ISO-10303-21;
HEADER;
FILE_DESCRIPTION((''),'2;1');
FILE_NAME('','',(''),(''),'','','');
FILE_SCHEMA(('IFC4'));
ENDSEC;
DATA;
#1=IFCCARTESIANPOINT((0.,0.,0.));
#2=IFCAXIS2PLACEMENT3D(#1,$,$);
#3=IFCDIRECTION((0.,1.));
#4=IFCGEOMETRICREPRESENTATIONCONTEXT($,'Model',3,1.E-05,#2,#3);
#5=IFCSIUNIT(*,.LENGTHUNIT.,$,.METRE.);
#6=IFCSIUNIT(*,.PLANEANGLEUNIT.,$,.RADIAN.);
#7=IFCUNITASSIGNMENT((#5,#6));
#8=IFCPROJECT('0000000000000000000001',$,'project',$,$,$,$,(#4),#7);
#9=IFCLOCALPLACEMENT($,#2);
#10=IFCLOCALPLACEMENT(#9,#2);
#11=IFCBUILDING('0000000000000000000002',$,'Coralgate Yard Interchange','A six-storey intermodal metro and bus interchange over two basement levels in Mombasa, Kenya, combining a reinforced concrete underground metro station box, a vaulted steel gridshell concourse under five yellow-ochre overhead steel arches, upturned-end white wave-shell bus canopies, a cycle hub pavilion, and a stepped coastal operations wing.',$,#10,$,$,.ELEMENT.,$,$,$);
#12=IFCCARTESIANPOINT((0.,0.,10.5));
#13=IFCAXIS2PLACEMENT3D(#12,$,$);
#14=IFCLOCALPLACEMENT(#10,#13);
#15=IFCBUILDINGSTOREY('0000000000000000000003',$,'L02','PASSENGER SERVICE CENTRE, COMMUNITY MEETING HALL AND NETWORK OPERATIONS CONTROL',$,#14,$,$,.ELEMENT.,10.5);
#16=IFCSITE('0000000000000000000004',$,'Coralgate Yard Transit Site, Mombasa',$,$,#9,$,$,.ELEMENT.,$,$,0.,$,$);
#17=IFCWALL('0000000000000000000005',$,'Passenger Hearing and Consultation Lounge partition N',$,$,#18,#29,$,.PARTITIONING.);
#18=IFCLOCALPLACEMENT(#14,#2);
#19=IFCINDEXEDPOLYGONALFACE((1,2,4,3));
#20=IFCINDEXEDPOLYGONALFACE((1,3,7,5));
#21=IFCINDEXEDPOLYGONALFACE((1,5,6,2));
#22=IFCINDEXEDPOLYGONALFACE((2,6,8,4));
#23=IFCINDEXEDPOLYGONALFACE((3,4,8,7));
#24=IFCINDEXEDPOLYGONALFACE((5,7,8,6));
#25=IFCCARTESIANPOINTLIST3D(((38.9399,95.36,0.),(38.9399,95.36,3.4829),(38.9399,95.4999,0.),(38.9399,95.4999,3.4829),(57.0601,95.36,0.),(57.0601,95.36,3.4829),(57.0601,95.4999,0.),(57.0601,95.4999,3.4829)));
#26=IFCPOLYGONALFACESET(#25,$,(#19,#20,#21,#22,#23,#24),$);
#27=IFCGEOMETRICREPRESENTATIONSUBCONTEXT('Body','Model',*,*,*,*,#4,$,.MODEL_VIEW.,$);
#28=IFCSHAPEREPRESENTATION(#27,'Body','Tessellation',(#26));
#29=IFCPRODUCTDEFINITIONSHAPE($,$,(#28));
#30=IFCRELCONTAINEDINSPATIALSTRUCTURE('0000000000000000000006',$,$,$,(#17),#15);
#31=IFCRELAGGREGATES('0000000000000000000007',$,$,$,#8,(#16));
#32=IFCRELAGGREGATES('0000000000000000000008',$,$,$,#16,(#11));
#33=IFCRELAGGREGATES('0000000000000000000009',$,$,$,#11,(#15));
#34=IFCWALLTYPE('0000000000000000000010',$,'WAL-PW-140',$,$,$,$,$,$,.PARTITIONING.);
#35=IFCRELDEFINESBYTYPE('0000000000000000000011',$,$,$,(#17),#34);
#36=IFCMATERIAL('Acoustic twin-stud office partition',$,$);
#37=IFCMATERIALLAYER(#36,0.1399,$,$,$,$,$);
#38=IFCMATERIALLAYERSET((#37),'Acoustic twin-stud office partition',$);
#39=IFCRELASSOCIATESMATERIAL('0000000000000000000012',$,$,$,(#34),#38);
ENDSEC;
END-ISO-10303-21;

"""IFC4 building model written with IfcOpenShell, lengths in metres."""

from ifc_helpers import new_model, si_unit, direction, frame, frame_2d, origin, place, context, subcontext, project, spatial, rectangle, extrude, material, layer, layer_set, type_object, element, save


model = new_model("IFC4")

# Units and contexts
model_context = context("Model", 3, precision=1e-05, world=origin(), true_north=direction((0.0, 1.0)))
body_context = subcontext(model_context, "Body", "Model", "MODEL_VIEW")
ifc_project = project(units=[si_unit("LENGTHUNIT", "METRE"), si_unit("PLANEANGLEUNIT", "RADIAN")], contexts=[model_context])

# Site, building, storey
site_placement = place(None, origin())
site = spatial("IfcSite", under=ifc_project, at=site_placement, Name="Coralgate Yard Transit Site, Mombasa", CompositionType="ELEMENT", RefElevation=0.0)
building_placement = place(site_placement, origin())
building = spatial("IfcBuilding", under=site, at=building_placement, Name="Coralgate Yard Interchange", Description="A six-storey intermodal metro and bus interchange over two basement levels in Mombasa, Kenya, combining a reinforced concrete underground metro station box, a vaulted steel gridshell concourse under five yellow-ochre overhead steel arches, upturned-end white wave-shell bus canopies, a cycle hub pavilion, and a stepped coastal operations wing.", CompositionType="ELEMENT")
storey_placement = place(building_placement, frame((0.0, 0.0, 10.5)))
storey = spatial("IfcBuildingStorey", under=building, at=storey_placement, Name="L02", Description="PASSENGER SERVICE CENTRE, COMMUNITY MEETING HALL AND NETWORK OPERATIONS CONTROL", CompositionType="ELEMENT", Elevation=10.5)

# Wall
ifc_material_1 = material(Name="Acoustic twin-stud office partition")
ifc_layer_1 = layer(ifc_material_1, 0.1399)
ifc_layer_set_1 = layer_set([ifc_layer_1], Name="Acoustic twin-stud office partition")
wall_type = type_object("IfcWallType", Name="WAL-PW-140", PredefinedType="PARTITIONING", material=ifc_layer_set_1)
wall_placement = place(storey_placement, frame((38.9399, 95.4299, 0.0), z_axis=(0.0, 0.0, 1.0), x_axis=(1.0, 0.0, 0.0)))
element("IfcWall", 1, at=wall_placement, inside=storey, type_object=wall_type, Name="Passenger Hearing and Consultation Lounge partition N", PredefinedType="PARTITIONING", context=body_context, shape_type="SweptSolid", body=[
    extrude(rectangle(XDim=18.1201, YDim=0.1399, at=frame_2d((9.0601, 0.0))), origin(), (0.0, 0.0, 1.0), 3.4829),
])

save(model, "model.ifc")
